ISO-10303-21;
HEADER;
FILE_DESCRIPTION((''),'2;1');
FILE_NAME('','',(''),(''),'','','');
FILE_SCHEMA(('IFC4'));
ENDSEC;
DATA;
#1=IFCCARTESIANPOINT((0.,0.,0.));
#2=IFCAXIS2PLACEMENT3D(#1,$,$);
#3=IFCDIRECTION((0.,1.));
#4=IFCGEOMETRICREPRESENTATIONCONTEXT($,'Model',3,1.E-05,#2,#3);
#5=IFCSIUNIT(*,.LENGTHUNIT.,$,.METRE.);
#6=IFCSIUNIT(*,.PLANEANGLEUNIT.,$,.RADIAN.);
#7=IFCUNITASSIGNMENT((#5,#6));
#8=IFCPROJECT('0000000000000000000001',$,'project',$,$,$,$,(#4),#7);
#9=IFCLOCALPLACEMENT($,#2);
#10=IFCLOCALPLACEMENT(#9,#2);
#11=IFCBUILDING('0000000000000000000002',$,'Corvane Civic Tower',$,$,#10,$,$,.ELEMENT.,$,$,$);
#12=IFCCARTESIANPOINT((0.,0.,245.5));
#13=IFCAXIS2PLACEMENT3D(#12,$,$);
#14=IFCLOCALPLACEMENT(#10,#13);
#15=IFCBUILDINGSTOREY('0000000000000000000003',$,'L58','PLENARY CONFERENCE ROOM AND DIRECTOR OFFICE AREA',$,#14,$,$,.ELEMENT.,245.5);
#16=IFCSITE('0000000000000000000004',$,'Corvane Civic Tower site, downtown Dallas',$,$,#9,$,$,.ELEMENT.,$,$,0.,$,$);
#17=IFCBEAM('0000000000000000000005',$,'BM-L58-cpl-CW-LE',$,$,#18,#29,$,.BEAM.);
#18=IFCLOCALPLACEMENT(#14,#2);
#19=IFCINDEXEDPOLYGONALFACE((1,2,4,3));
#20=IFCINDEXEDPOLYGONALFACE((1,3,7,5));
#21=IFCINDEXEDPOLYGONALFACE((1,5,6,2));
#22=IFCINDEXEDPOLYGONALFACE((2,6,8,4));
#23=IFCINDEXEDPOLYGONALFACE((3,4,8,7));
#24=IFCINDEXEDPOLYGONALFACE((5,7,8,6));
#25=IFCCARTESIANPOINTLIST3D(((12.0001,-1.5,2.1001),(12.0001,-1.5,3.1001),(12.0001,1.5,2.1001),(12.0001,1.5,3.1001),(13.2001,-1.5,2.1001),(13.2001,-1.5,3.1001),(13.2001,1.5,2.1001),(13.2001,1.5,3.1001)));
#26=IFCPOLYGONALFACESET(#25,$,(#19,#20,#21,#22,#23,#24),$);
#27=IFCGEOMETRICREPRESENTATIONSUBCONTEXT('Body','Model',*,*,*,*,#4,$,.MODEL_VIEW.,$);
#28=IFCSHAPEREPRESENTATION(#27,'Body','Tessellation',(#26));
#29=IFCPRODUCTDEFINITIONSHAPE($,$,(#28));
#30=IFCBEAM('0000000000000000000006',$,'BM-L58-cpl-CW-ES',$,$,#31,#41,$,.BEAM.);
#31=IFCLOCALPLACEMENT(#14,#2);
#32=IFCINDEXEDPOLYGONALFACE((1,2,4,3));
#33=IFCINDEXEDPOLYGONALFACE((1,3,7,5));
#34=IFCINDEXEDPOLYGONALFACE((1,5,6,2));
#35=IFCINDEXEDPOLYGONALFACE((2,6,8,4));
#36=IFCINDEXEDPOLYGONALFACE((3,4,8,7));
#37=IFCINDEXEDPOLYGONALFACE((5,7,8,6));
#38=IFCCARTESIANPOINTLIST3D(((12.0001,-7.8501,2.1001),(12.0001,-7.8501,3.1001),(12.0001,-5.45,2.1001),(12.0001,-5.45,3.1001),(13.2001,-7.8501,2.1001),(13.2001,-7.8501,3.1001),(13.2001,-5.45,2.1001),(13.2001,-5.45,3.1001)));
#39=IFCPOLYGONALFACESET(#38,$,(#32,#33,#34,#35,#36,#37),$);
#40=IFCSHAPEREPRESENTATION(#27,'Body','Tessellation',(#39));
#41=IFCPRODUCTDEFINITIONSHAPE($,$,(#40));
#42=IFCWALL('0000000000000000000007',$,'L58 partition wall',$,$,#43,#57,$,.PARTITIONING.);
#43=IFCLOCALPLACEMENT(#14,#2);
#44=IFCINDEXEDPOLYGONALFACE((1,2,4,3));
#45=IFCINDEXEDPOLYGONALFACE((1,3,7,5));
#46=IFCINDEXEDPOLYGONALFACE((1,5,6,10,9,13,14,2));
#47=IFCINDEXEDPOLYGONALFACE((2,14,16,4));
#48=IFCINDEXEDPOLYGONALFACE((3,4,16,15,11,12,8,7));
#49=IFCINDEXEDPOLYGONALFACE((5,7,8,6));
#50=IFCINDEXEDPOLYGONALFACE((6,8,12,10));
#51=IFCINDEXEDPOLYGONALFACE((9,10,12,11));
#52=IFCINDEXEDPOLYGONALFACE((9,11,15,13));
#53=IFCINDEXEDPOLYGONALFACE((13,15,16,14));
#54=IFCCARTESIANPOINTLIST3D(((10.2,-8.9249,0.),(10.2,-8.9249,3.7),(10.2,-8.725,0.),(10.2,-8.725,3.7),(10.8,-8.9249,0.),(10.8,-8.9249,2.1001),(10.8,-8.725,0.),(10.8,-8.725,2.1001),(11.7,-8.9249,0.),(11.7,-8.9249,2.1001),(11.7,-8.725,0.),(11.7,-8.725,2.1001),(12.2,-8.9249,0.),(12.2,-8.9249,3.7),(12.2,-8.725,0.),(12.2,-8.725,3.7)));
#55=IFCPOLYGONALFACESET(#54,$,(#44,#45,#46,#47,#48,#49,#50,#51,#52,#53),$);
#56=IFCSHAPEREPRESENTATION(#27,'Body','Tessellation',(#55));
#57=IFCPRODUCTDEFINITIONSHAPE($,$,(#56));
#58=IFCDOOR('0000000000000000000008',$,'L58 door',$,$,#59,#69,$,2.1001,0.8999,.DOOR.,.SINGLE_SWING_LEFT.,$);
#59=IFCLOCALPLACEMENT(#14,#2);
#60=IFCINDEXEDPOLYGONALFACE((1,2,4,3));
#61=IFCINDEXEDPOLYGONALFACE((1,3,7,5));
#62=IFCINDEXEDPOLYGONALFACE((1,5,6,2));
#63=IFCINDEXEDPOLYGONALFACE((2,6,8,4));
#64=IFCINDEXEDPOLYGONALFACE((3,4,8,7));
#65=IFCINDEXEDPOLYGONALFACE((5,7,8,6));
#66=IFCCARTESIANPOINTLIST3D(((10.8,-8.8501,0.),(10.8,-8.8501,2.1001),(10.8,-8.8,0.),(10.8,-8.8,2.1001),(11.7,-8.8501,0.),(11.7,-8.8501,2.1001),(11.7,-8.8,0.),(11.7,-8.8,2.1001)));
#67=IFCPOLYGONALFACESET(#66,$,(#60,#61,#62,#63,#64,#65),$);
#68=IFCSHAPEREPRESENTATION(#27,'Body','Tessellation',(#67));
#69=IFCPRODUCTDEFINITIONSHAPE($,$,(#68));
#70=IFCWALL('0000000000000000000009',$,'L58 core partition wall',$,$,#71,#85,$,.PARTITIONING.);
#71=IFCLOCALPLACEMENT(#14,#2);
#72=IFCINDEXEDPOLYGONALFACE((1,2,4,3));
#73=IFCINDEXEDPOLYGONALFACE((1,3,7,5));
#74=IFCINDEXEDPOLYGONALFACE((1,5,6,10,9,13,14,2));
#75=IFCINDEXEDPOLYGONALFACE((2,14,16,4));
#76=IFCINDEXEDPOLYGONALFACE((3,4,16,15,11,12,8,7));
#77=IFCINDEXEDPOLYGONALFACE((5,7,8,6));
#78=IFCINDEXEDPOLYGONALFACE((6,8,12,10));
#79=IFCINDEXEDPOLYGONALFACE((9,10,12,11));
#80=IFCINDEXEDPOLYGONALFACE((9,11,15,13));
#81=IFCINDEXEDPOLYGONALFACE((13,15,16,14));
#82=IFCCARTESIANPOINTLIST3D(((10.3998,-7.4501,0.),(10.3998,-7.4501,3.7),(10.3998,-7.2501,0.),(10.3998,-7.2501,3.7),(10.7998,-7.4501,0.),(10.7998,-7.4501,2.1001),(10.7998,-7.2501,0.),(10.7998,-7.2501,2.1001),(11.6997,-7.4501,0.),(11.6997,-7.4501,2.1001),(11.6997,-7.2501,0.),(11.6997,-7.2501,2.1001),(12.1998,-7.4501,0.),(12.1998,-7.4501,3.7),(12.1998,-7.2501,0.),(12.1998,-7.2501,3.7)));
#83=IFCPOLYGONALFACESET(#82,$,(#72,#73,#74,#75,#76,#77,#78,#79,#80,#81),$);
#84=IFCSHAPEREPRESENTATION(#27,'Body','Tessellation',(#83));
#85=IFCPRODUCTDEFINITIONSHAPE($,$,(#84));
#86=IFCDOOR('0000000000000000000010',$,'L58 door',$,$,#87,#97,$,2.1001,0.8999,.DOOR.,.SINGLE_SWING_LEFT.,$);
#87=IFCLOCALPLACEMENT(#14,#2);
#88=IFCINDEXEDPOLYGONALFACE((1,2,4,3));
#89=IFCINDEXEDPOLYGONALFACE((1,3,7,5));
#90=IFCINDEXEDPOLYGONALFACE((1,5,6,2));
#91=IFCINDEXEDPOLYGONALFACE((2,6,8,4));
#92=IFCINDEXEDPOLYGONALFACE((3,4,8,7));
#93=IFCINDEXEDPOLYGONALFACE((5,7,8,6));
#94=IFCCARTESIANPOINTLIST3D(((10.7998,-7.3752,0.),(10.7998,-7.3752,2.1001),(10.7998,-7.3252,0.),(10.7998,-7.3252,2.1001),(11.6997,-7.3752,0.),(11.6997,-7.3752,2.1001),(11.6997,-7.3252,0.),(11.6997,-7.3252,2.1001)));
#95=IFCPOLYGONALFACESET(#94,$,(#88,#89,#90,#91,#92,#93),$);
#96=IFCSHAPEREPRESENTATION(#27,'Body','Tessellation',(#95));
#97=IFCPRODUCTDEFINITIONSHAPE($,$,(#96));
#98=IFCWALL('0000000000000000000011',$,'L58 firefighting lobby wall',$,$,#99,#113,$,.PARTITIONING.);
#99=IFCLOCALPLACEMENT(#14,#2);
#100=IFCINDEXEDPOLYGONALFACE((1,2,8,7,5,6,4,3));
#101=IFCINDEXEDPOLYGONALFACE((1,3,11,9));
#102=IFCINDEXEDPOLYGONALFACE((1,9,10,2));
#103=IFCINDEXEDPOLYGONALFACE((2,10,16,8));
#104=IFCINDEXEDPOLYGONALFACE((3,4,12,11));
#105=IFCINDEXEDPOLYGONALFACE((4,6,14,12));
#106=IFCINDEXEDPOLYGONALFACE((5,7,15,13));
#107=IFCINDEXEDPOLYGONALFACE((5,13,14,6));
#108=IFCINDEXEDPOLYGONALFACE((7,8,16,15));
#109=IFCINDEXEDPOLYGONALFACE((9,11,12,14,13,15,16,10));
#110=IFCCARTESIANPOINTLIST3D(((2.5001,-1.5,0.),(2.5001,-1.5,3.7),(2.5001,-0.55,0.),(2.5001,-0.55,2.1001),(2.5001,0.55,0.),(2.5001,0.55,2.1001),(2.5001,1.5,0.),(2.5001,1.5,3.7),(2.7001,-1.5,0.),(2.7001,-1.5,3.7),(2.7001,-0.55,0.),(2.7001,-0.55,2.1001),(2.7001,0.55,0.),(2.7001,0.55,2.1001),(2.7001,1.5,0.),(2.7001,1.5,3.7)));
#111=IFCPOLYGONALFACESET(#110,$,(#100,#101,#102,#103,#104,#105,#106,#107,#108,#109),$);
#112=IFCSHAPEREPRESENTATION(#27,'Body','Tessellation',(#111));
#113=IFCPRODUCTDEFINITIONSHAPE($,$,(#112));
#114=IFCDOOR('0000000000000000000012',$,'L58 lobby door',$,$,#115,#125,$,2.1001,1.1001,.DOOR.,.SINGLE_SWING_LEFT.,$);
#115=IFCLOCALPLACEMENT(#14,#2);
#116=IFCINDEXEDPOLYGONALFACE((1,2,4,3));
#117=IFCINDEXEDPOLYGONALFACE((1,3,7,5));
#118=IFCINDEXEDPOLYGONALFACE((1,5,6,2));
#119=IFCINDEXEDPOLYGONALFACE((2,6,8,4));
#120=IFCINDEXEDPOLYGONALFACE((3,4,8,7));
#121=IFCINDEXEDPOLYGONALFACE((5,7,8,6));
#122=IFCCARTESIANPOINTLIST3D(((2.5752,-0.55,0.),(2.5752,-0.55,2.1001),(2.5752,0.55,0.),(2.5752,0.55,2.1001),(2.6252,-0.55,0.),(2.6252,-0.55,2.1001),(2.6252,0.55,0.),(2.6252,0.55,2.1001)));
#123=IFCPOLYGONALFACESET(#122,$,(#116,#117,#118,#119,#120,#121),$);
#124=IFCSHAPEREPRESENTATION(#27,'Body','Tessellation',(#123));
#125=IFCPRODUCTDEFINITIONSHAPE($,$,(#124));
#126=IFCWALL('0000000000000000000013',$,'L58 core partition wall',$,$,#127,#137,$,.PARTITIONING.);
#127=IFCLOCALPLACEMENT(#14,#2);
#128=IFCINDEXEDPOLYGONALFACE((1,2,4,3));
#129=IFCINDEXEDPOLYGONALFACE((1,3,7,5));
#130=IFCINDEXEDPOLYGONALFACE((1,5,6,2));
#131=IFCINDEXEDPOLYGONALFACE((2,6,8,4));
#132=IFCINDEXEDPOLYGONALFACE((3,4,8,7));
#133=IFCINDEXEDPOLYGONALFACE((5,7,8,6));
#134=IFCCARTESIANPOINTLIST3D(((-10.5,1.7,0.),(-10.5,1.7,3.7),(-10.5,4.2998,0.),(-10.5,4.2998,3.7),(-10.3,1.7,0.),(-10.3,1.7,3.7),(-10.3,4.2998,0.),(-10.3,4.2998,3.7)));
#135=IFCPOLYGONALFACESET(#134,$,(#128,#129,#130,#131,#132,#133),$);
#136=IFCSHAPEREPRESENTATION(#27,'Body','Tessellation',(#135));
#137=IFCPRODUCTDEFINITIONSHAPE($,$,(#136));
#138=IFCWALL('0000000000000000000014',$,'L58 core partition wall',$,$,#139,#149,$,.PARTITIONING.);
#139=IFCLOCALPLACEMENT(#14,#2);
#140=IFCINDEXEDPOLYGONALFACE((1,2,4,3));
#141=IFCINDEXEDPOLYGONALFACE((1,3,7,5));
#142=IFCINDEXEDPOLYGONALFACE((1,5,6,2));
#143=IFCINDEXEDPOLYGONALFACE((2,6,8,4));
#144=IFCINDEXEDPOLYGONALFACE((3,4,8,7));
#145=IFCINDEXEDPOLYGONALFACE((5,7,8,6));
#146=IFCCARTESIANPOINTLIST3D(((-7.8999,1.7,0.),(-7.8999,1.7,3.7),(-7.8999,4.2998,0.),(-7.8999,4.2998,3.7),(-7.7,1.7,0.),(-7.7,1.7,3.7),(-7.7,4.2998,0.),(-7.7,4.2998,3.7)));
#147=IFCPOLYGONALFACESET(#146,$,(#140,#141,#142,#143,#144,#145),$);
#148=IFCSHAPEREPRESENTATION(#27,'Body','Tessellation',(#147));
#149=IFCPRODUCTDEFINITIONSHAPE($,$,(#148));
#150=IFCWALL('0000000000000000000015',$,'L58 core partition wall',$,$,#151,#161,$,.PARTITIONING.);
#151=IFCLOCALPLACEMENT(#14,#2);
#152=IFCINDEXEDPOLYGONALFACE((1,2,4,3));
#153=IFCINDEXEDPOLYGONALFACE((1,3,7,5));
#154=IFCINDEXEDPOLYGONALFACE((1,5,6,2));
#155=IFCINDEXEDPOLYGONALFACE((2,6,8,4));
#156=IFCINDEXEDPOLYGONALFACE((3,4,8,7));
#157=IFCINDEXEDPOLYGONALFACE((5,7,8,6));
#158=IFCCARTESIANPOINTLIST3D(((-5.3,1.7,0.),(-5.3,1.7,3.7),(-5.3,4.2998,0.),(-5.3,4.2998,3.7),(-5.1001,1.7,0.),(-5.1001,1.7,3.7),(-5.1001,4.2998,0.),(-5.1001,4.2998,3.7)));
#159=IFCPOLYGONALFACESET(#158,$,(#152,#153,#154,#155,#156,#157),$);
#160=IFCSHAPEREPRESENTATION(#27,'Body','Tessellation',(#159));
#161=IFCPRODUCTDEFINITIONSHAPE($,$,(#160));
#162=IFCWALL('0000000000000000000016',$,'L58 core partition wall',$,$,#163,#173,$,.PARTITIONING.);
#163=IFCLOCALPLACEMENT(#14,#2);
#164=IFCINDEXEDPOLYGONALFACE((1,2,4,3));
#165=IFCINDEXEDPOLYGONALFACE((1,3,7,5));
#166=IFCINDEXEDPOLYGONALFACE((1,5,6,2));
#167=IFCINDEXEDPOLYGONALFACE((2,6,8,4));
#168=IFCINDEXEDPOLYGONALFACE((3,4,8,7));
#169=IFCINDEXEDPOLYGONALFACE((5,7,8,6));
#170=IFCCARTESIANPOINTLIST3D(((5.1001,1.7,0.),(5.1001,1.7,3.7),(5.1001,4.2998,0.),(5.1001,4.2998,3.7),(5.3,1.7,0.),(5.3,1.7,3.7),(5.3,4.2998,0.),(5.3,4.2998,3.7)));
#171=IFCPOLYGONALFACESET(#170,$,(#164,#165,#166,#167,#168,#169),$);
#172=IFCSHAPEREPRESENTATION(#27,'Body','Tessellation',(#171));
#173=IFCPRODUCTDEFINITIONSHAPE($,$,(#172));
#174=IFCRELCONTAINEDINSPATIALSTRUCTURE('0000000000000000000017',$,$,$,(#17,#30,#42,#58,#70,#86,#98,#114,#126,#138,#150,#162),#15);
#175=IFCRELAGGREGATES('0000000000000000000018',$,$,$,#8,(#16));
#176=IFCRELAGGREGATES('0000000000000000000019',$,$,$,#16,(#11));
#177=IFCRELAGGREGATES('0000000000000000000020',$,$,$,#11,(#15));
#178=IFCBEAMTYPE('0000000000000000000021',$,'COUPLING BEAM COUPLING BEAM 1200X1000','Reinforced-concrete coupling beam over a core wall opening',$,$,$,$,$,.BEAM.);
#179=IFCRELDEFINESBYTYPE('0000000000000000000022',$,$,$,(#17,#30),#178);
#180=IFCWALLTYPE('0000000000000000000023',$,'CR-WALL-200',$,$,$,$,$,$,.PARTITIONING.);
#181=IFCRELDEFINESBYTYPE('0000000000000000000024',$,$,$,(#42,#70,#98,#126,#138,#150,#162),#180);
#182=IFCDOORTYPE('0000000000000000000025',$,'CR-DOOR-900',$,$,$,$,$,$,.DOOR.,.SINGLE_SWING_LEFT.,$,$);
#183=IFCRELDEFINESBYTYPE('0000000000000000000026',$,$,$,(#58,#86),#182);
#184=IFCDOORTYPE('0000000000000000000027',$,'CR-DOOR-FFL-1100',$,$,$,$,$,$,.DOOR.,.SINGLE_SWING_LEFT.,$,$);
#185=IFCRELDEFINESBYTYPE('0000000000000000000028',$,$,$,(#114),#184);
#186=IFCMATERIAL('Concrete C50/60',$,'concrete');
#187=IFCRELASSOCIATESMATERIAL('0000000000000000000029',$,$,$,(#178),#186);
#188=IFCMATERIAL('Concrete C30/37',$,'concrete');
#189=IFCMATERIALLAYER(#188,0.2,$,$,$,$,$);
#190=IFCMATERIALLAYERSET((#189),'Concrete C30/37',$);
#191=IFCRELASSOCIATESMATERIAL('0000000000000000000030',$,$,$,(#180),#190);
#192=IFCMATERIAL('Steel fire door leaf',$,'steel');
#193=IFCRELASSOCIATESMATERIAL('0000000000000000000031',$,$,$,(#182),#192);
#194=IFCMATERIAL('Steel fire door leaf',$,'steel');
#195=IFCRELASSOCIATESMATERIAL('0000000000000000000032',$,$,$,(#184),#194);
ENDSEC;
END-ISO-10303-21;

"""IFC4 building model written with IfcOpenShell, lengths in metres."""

from ifc_helpers import new_model, si_unit, direction, frame, frame_2d, origin, origin_2d, place, context, subcontext, project, spatial, polyline, rectangle, outline, extrude, material, layer, layer_set, material_profile, profile_set, type_object, element, fill, save


model = new_model("IFC4")

# Units and contexts
model_context = context("Model", 3, precision=1e-05, world=origin(), true_north=direction((0.0, 1.0)))
body_context = subcontext(model_context, "Body", "Model", "MODEL_VIEW")
ifc_project = project(units=[si_unit("LENGTHUNIT", "METRE"), si_unit("PLANEANGLEUNIT", "RADIAN")], contexts=[model_context])

# Site, building, storey
site_placement = place(None, origin())
site = spatial("IfcSite", under=ifc_project, at=site_placement, Name="Corvane Civic Tower site, downtown Dallas", CompositionType="ELEMENT", RefElevation=0.0)
building_placement = place(site_placement, origin())
building = spatial("IfcBuilding", under=site, at=building_placement, Name="Corvane Civic Tower", CompositionType="ELEMENT")
storey_placement = place(building_placement, frame((0.0, 0.0, 245.5)))
storey = spatial("IfcBuildingStorey", under=building, at=storey_placement, Name="L58", Description="PLENARY CONFERENCE ROOM AND DIRECTOR OFFICE AREA", CompositionType="ELEMENT", Elevation=245.5)

# Beams
ifc_material_1 = material(Name="Concrete C50/60", Category="concrete")
ifc_material_profile = material_profile(ifc_material_1, rectangle(XDim=1.2, YDim=1.0, at=origin_2d()), Name="COUPLING BEAM 1200X1000")
ifc_profile_set = profile_set([ifc_material_profile], Name="Concrete C50/60")
beam_type = type_object("IfcBeamType", Name="COUPLING BEAM COUPLING BEAM 1200X1000", Description="Reinforced-concrete coupling beam over a core wall opening", PredefinedType="BEAM", material=ifc_profile_set)
beam_1_placement = place(storey_placement, frame((12.6001, -1.5, 2.6001), z_axis=(0.0, 1.0, 0.0), x_axis=(-1.0, 0.0, 0.0)))
element("IfcBeam", 1, at=beam_1_placement, inside=storey, type_object=beam_type, Name="BM-L58-cpl-CW-LE", PredefinedType="BEAM", context=body_context, shape_type="SweptSolid", body=[
    extrude(rectangle(XDim=1.2, YDim=1.0, at=origin_2d()), origin(), (0.0, 0.0, 1.0), 3.0),
])
beam_2_placement = place(storey_placement, frame((12.6001, -7.8501, 2.6001), z_axis=(0.0, 1.0, 0.0), x_axis=(-1.0, 0.0, 0.0)))
element("IfcBeam", 2, at=beam_2_placement, inside=storey, type_object=beam_type, Name="BM-L58-cpl-CW-ES", PredefinedType="BEAM", context=body_context, shape_type="SweptSolid", body=[
    extrude(rectangle(XDim=1.2, YDim=1.0, at=origin_2d()), origin(), (0.0, 0.0, 1.0), 2.4001),
])

# Walls, openings, doors
ifc_material_2 = material(Name="Concrete C30/37", Category="concrete")
ifc_layer_1 = layer(ifc_material_2, 0.2)
ifc_layer_set_1 = layer_set([ifc_layer_1], Name="Concrete C30/37")
wall_type_1 = type_object("IfcWallType", Name="CR-WALL-200", PredefinedType="PARTITIONING", material=ifc_layer_set_1)
wall_1_placement = place(storey_placement, frame((10.2, -8.825, 0.0), z_axis=(0.0, 0.0, 1.0), x_axis=(1.0, 0.0, 0.0)))
wall_1 = element("IfcWall", 3, at=wall_1_placement, inside=storey, type_object=wall_type_1, Name="L58 partition wall", PredefinedType="PARTITIONING", context=body_context, shape_type="SweptSolid", body=[
    extrude(rectangle(XDim=2.0, YDim=0.2, at=frame_2d((1.0, 0.0))), origin(), (0.0, 0.0, 1.0), 3.7),
])
opening_1_placement = place(wall_1_placement, frame((0.6001, 0.0, 0.0)))
opening_1 = element("IfcOpeningElement", 4, at=opening_1_placement, cuts=wall_1, PredefinedType="OPENING", context=body_context, shape_type="SweptSolid", body=[
    extrude(rectangle(XDim=0.8999, YDim=2.1001, at=frame_2d((0.45, 1.05))), frame((0.0, 0.1099, 0.0), z_axis=(0.0, -1.0, 0.0), x_axis=(1.0, 0.0, 0.0)), (0.0, 0.0, 1.0), 0.22),
])
ifc_material_3 = material(Name="Steel fire door leaf", Category="steel")
door_type_1 = type_object("IfcDoorType", Name="CR-DOOR-900", OperationType="SINGLE_SWING_LEFT", PredefinedType="DOOR", material=ifc_material_3)
door_1_placement = place(opening_1_placement, origin())
door_1 = element("IfcDoor", 5, at=door_1_placement, inside=storey, type_object=door_type_1, Name="L58 door", OperationType="SINGLE_SWING_LEFT", OverallHeight=2.1001, OverallWidth=0.8999, PredefinedType="DOOR", context=body_context, shape_type="SweptSolid", body=[
    extrude(rectangle(XDim=0.8999, YDim=2.1001, at=frame_2d((0.45, 1.05))), frame((0.0, 0.0249, 0.0), z_axis=(0.0, -1.0, 0.0), x_axis=(1.0, 0.0, 0.0)), (0.0, 0.0, 1.0), 0.05),
])
fill(opening_1, door_1)
wall_2_placement = place(storey_placement, frame((10.3999, -7.3501, 0.0), z_axis=(0.0, 0.0, 1.0), x_axis=(1.0, 0.0, 0.0)))
wall_2 = element("IfcWall", 6, at=wall_2_placement, inside=storey, type_object=wall_type_1, Name="L58 core partition wall", PredefinedType="PARTITIONING", context=body_context, shape_type="SweptSolid", body=[
    extrude(rectangle(XDim=1.8, YDim=0.2, at=frame_2d((0.8999, 0.0))), origin(), (0.0, 0.0, 1.0), 3.7),
])
opening_2_placement = place(wall_2_placement, frame((0.3999, 0.0, 0.0)))
opening_2 = element("IfcOpeningElement", 7, at=opening_2_placement, cuts=wall_2, PredefinedType="OPENING", context=body_context, shape_type="SweptSolid", body=[
    extrude(rectangle(XDim=0.8999, YDim=2.1001, at=frame_2d((0.45, 1.05))), frame((0.0, 0.1099, 0.0), z_axis=(0.0, -1.0, 0.0), x_axis=(1.0, 0.0, 0.0)), (0.0, 0.0, 1.0), 0.22),
])
door_2_placement = place(opening_2_placement, origin())
door_2 = element("IfcDoor", 8, at=door_2_placement, inside=storey, type_object=door_type_1, Name="L58 door", OperationType="SINGLE_SWING_LEFT", OverallHeight=2.1001, OverallWidth=0.8999, PredefinedType="DOOR", context=body_context, shape_type="SweptSolid", body=[
    extrude(rectangle(XDim=0.8999, YDim=2.1001, at=frame_2d((0.45, 1.05))), frame((0.0, 0.0249, 0.0), z_axis=(0.0, -1.0, 0.0), x_axis=(1.0, 0.0, 0.0)), (0.0, 0.0, 1.0), 0.05),
])
fill(opening_2, door_2)
wall_3_placement = place(storey_placement, frame((2.6001, -1.5, 0.0), z_axis=(0.0, 0.0, 1.0), x_axis=(0.0, 1.0, 0.0)))
wall_3 = element("IfcWall", 9, at=wall_3_placement, inside=storey, type_object=wall_type_1, Name="L58 firefighting lobby wall", PredefinedType="PARTITIONING", context=body_context, shape_type="SweptSolid", body=[
    extrude(rectangle(XDim=3.0, YDim=0.2, at=frame_2d((1.5, 0.0))), origin(), (0.0, 0.0, 1.0), 3.7),
])
opening_3_placement = place(wall_3_placement, frame((0.95, 0.0, 0.0)))
opening_3 = element("IfcOpeningElement", 10, at=opening_3_placement, cuts=wall_3, PredefinedType="OPENING", context=body_context, shape_type="SweptSolid", body=[
    extrude(rectangle(XDim=1.1001, YDim=2.1001, at=frame_2d((0.55, 1.05))), frame((0.0, 0.1099, 0.0), z_axis=(0.0, -1.0, 0.0), x_axis=(1.0, 0.0, 0.0)), (0.0, 0.0, 1.0), 0.22),
])
ifc_material_4 = material(Name="Steel fire door leaf", Category="steel")
door_type_2 = type_object("IfcDoorType", Name="CR-DOOR-FFL-1100", OperationType="SINGLE_SWING_LEFT", PredefinedType="DOOR", material=ifc_material_4)
door_3_placement = place(opening_3_placement, origin())
door_3 = element("IfcDoor", 11, at=door_3_placement, inside=storey, type_object=door_type_2, Name="L58 lobby door", OperationType="SINGLE_SWING_LEFT", OverallHeight=2.1001, OverallWidth=1.1001, PredefinedType="DOOR", context=body_context, shape_type="SweptSolid", body=[
    extrude(rectangle(XDim=1.1001, YDim=2.1001, at=frame_2d((0.55, 1.05))), frame((0.0, 0.0249, 0.0), z_axis=(0.0, -1.0, 0.0), x_axis=(1.0, 0.0, 0.0)), (0.0, 0.0, 1.0), 0.05),
])
fill(opening_3, door_3)

# Walls
wall_4_placement = place(storey_placement, origin())
element("IfcWall", 12, at=wall_4_placement, inside=storey, type_object=wall_type_1, Name="L58 core partition wall", PredefinedType="PARTITIONING", context=body_context, shape_type="SweptSolid", body=[
    extrude(outline(polyline([(-10.3, 1.7), (-10.5, 1.7), (-10.5, 4.2998), (-10.3, 4.2998), (-10.3, 1.7)])), origin(), (0.0, 0.0, 1.0), 3.7),
])
wall_5_placement = place(storey_placement, origin())
element("IfcWall", 13, at=wall_5_placement, inside=storey, type_object=wall_type_1, Name="L58 core partition wall", PredefinedType="PARTITIONING", context=body_context, shape_type="SweptSolid", body=[
    extrude(outline(polyline([(-7.7, 1.7), (-7.8999, 1.7), (-7.8999, 4.2998), (-7.7, 4.2998), (-7.7, 1.7)])), origin(), (0.0, 0.0, 1.0), 3.7),
])
wall_6_placement = place(storey_placement, origin())
element("IfcWall", 14, at=wall_6_placement, inside=storey, type_object=wall_type_1, Name="L58 core partition wall", PredefinedType="PARTITIONING", context=body_context, shape_type="SweptSolid", body=[
    extrude(outline(polyline([(-5.1001, 1.7), (-5.3, 1.7), (-5.3, 4.2998), (-5.1001, 4.2998), (-5.1001, 1.7)])), origin(), (0.0, 0.0, 1.0), 3.7),
])
wall_7_placement = place(storey_placement, origin())
element("IfcWall", 15, at=wall_7_placement, inside=storey, type_object=wall_type_1, Name="L58 core partition wall", PredefinedType="PARTITIONING", context=body_context, shape_type="SweptSolid", body=[
    extrude(outline(polyline([(5.3, 1.7), (5.1001, 1.7), (5.1001, 4.2998), (5.3, 4.2998), (5.3, 1.7)])), origin(), (0.0, 0.0, 1.0), 3.7),
])

save(model, "model.ifc")
